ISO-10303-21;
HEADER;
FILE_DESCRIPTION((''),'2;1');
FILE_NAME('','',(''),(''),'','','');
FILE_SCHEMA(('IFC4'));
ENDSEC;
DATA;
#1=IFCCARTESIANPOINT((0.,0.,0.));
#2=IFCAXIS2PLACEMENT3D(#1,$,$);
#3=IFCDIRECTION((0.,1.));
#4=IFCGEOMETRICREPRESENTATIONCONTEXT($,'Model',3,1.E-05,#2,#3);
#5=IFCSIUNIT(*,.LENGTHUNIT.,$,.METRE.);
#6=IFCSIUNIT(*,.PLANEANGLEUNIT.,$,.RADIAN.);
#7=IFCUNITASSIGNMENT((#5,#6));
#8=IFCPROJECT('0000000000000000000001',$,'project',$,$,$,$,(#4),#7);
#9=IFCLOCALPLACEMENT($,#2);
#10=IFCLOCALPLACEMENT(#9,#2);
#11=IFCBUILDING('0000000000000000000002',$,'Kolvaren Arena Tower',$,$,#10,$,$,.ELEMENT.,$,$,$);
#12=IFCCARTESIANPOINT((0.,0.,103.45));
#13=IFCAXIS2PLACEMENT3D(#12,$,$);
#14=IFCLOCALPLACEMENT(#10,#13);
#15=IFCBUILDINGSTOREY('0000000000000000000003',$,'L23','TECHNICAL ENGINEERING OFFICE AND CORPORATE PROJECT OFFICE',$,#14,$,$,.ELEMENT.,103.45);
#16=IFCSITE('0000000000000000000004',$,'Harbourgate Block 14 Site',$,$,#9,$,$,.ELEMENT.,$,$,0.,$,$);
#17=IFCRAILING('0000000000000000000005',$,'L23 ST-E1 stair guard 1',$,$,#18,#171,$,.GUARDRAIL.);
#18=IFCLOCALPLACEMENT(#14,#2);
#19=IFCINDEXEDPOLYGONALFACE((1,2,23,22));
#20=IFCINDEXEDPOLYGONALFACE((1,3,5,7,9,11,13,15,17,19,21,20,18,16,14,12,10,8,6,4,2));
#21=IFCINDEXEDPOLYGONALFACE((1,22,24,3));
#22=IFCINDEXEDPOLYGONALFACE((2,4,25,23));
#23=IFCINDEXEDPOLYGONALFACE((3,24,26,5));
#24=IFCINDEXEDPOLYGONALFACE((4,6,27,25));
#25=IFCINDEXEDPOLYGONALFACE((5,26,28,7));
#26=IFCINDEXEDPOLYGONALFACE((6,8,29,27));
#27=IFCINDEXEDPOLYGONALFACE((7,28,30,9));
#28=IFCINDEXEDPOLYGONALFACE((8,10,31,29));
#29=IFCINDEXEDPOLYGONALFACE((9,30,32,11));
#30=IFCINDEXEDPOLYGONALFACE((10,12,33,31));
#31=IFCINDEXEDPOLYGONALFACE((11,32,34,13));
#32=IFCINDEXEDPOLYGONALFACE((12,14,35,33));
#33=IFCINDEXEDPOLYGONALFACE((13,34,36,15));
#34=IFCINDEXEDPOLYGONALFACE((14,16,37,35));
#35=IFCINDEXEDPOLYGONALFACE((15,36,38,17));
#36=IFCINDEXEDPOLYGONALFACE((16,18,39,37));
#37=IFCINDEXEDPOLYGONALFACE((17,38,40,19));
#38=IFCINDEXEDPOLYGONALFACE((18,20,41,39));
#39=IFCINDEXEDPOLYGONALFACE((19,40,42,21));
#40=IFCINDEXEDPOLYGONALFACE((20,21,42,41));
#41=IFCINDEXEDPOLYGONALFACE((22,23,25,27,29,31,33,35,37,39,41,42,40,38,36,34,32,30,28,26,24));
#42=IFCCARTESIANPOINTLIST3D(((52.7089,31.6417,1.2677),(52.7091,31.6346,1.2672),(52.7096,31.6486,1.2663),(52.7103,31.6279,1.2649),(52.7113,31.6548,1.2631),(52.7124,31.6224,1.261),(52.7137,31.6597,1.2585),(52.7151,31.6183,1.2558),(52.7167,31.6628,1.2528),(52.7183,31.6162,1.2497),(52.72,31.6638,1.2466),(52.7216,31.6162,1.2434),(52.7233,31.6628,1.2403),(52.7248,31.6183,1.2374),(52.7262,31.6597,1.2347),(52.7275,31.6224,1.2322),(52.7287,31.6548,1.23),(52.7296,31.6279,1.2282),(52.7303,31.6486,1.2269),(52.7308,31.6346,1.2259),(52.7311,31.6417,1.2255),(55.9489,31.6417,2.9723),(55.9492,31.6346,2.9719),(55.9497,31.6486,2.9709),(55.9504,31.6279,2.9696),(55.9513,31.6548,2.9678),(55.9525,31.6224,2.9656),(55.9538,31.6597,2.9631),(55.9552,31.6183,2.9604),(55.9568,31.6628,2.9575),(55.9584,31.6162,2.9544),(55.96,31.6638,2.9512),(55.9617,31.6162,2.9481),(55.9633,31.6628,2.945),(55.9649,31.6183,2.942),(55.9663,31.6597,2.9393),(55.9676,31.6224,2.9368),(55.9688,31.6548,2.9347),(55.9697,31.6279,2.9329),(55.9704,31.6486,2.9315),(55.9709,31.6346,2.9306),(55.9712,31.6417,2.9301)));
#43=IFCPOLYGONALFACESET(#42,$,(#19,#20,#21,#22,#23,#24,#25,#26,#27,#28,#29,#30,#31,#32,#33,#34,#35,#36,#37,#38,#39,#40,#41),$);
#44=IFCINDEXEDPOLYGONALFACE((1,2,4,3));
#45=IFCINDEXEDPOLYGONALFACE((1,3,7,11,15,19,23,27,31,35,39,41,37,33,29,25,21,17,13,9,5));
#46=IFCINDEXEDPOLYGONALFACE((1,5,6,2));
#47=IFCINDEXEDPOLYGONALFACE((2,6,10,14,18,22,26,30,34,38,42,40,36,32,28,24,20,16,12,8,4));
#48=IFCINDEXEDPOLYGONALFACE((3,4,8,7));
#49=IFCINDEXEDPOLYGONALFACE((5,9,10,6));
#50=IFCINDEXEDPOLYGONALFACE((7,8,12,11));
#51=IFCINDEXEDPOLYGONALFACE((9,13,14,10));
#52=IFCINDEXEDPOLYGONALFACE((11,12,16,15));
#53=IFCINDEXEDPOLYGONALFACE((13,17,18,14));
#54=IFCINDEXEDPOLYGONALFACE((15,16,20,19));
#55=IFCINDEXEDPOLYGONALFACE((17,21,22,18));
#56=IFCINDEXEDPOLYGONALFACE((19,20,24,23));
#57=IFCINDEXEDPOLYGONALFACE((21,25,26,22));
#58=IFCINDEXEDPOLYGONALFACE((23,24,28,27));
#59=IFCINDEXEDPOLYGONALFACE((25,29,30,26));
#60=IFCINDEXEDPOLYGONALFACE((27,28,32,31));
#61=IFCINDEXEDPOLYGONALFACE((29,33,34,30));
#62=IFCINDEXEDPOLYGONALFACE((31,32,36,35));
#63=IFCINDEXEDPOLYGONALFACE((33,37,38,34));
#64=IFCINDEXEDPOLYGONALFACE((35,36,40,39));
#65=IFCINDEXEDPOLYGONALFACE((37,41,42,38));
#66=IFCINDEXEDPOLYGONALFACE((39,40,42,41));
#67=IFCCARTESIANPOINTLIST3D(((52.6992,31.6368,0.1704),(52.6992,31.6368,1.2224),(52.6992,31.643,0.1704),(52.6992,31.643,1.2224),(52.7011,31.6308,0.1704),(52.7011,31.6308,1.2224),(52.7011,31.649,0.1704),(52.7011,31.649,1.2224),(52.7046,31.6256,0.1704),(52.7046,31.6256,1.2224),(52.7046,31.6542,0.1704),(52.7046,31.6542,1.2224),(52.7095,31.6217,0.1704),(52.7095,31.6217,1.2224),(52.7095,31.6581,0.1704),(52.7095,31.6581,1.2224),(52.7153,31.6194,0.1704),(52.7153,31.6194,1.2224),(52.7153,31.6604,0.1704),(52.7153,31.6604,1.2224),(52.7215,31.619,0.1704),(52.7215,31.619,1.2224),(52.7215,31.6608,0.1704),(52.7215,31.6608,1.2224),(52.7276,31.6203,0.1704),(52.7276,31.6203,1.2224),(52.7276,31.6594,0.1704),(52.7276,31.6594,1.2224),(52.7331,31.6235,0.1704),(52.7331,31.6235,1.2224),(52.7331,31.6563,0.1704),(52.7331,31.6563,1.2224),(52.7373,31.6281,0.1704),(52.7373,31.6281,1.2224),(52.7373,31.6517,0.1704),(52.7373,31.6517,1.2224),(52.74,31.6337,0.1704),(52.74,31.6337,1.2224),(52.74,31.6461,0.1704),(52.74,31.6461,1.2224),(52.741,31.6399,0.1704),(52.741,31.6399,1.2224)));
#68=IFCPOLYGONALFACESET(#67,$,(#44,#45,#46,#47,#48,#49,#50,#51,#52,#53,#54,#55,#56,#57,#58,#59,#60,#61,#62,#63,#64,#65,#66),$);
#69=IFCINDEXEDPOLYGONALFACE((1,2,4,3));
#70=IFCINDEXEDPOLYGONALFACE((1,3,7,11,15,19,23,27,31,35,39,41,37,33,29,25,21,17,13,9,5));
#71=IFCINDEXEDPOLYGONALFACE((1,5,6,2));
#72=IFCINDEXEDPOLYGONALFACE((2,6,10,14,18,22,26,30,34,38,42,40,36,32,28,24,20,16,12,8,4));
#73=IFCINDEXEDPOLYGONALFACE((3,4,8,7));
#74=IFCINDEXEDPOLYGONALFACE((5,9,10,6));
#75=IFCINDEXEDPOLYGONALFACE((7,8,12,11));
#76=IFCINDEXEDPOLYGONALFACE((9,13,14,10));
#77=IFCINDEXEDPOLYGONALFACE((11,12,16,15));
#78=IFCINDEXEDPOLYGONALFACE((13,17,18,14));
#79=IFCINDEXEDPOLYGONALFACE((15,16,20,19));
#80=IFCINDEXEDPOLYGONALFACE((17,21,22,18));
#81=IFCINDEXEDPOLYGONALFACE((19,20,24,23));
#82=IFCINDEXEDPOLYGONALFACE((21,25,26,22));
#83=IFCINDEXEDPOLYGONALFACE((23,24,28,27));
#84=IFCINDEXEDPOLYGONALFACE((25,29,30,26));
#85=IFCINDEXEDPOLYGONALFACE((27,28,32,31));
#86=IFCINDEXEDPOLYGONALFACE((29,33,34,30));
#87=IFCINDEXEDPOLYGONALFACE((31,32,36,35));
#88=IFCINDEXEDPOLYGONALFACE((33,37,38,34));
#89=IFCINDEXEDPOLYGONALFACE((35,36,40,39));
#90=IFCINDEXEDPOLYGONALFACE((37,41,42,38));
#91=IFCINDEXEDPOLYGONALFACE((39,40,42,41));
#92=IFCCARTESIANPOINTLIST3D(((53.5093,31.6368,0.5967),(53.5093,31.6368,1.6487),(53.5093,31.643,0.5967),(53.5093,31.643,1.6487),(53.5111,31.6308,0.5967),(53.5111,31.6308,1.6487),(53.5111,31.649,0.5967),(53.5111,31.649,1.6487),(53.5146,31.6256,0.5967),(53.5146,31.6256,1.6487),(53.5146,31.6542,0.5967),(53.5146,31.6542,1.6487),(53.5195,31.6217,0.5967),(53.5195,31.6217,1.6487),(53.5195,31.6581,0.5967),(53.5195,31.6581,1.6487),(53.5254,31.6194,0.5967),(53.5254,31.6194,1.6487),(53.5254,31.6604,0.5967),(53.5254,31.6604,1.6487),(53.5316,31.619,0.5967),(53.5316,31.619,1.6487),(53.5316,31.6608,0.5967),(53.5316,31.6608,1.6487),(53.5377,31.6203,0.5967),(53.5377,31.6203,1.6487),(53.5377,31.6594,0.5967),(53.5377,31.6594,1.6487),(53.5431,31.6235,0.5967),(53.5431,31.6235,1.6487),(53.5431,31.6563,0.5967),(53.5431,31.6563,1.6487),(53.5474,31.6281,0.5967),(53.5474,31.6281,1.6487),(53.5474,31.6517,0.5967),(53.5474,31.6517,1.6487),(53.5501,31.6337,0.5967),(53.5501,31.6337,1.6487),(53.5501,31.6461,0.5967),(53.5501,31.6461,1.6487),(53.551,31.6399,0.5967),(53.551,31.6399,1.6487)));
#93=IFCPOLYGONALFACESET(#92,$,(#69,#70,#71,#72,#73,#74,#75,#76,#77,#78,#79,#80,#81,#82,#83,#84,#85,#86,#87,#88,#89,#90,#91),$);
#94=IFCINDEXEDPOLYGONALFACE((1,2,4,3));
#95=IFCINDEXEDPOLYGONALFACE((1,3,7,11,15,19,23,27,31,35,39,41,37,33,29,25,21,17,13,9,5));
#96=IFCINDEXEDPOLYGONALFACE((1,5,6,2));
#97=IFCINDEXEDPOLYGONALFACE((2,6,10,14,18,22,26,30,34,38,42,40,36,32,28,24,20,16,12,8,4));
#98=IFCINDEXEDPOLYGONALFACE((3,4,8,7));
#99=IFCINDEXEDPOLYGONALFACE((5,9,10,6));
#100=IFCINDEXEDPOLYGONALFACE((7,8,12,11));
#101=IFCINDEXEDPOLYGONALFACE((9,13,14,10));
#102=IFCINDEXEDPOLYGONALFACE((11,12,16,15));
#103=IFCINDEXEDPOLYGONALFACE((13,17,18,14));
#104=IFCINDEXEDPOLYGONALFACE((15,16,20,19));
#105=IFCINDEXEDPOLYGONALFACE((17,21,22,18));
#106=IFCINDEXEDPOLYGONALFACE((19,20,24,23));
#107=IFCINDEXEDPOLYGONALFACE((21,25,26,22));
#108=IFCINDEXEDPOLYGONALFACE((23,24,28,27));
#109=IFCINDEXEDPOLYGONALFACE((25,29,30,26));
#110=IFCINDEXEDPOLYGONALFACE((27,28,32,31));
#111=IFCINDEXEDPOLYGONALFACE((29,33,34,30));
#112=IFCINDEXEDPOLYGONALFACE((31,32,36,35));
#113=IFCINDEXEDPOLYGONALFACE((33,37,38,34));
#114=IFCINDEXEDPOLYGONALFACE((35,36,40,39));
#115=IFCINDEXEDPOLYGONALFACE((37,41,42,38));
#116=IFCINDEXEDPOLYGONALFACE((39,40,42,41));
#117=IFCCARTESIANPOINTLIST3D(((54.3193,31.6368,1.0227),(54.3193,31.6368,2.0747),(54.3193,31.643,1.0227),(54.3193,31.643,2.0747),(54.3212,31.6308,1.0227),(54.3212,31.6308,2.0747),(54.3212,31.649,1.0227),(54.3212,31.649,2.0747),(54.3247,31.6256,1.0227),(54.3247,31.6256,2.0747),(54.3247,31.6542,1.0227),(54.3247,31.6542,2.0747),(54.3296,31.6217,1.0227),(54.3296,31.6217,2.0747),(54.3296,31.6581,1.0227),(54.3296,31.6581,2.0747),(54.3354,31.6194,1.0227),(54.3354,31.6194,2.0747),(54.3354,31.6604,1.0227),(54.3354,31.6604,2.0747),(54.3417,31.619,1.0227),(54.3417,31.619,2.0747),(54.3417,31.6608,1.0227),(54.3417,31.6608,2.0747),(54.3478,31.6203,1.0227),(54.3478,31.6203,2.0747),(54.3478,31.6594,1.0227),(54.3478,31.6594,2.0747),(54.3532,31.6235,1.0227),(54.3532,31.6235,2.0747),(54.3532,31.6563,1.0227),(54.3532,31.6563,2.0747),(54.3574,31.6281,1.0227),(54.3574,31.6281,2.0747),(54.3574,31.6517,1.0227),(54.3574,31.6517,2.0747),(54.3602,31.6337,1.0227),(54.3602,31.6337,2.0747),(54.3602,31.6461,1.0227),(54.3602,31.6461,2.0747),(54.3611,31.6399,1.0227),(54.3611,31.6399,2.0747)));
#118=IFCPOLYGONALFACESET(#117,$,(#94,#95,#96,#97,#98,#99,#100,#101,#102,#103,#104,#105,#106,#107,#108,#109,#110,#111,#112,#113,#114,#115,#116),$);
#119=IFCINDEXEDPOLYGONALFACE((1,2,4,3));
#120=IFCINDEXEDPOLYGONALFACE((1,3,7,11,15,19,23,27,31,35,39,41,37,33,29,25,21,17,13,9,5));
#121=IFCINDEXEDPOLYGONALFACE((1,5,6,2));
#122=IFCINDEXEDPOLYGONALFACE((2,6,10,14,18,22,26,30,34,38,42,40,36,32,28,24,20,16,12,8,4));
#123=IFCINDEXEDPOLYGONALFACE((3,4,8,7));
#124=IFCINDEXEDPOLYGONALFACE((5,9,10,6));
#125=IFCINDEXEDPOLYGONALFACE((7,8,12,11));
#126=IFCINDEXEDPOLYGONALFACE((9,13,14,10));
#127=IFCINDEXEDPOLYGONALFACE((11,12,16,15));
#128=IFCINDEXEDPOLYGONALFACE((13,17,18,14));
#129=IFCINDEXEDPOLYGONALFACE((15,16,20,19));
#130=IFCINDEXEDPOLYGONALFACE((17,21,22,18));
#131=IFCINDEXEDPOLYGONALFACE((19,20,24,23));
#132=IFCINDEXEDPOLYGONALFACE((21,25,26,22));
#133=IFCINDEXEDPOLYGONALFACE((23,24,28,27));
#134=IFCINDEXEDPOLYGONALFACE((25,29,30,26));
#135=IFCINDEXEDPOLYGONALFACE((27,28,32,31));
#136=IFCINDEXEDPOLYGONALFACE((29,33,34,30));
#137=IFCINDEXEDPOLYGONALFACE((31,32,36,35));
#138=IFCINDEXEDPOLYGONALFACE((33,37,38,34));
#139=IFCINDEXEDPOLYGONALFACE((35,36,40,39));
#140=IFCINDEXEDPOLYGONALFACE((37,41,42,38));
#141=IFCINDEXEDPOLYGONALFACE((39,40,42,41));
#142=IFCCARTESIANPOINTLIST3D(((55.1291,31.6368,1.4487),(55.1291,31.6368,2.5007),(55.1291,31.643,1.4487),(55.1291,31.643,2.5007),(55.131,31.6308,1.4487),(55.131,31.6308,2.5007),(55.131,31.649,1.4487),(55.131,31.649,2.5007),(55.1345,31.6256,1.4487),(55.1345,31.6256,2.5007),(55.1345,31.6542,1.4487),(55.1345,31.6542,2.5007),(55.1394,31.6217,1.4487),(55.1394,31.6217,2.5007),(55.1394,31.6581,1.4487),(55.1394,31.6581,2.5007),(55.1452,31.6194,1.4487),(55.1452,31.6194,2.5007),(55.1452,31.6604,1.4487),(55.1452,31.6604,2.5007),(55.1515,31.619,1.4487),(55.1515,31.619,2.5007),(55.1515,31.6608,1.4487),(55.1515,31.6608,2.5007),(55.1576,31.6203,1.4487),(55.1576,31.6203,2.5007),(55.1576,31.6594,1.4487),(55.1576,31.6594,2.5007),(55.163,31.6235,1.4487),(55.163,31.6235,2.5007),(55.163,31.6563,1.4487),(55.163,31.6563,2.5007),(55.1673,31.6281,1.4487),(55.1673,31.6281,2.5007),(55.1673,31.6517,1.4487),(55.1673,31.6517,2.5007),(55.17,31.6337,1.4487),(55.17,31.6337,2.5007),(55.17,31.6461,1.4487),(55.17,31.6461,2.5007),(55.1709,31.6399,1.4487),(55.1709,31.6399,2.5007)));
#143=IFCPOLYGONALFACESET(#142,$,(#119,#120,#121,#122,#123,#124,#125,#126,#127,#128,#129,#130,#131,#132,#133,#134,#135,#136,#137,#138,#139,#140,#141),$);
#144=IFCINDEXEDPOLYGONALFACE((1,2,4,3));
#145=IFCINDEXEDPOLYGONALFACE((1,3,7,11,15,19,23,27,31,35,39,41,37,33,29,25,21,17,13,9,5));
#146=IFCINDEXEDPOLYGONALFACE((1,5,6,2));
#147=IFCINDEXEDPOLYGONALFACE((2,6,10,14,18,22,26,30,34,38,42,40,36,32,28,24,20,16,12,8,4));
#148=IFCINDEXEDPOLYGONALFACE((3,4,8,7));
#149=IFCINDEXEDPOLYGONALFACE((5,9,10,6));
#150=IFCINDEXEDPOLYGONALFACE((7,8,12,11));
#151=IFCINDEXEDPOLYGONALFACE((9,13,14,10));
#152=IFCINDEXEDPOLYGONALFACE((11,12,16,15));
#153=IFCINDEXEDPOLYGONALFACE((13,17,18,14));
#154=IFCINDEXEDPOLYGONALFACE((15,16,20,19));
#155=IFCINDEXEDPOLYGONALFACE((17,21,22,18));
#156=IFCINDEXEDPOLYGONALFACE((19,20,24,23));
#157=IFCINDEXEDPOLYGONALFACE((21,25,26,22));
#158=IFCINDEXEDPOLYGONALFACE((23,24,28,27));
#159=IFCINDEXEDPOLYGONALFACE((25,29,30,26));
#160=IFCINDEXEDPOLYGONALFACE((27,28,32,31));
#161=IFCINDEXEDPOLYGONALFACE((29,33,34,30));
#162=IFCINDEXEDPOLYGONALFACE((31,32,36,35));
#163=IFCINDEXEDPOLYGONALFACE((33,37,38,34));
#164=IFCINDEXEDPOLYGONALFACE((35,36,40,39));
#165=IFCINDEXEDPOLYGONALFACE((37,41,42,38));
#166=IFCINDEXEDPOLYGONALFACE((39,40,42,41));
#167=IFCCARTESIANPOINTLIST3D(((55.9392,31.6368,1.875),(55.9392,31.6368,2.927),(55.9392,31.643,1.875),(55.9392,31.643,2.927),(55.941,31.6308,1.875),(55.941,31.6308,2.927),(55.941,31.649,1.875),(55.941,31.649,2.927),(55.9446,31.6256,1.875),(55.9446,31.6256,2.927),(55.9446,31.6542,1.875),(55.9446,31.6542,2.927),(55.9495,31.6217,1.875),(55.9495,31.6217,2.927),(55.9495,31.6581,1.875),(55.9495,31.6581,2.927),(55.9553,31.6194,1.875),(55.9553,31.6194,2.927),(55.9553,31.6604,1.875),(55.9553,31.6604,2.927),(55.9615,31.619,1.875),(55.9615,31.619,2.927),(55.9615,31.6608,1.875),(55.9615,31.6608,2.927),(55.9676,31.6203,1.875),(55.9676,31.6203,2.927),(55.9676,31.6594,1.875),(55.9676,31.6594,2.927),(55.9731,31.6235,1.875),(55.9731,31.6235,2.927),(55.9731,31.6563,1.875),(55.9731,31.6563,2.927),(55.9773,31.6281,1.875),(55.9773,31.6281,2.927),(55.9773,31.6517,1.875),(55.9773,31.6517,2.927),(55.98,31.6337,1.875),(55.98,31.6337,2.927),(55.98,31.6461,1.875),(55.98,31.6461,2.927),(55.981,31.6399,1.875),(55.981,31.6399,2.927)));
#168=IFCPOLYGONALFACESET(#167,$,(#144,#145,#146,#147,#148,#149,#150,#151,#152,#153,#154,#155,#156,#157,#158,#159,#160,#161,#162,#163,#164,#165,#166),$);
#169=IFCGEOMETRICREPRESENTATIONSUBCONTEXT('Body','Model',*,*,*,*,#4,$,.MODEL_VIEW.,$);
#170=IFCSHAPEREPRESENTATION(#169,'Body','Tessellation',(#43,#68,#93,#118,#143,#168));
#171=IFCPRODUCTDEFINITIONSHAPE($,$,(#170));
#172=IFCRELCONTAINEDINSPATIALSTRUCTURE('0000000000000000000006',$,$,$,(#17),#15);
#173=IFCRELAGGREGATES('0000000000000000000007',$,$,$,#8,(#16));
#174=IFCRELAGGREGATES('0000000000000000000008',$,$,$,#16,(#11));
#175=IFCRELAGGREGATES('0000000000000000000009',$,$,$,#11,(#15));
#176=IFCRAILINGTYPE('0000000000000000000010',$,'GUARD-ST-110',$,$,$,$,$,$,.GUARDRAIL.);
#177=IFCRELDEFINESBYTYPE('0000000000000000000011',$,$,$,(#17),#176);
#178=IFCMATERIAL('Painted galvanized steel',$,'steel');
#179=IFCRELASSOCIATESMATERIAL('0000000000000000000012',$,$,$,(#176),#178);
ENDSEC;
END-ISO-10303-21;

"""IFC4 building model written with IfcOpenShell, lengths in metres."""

from ifc_helpers import new_model, si_unit, direction, frame, origin, origin_2d, place, context, subcontext, project, spatial, circle, extrude, material, type_object, element, save


model = new_model("IFC4")

# Units and contexts
model_context = context("Model", 3, precision=1e-05, world=origin(), true_north=direction((0.0, 1.0)))
body_context = subcontext(model_context, "Body", "Model", "MODEL_VIEW")
ifc_project = project(units=[si_unit("LENGTHUNIT", "METRE"), si_unit("PLANEANGLEUNIT", "RADIAN")], contexts=[model_context])

# Site, building, storey
site_placement = place(None, origin())
site = spatial("IfcSite", under=ifc_project, at=site_placement, Name="Harbourgate Block 14 Site", CompositionType="ELEMENT", RefElevation=0.0)
building_placement = place(site_placement, origin())
building = spatial("IfcBuilding", under=site, at=building_placement, Name="Kolvaren Arena Tower", CompositionType="ELEMENT")
storey_placement = place(building_placement, frame((0.0, 0.0, 103.45)))
storey = spatial("IfcBuildingStorey", under=building, at=storey_placement, Name="L23", Description="TECHNICAL ENGINEERING OFFICE AND CORPORATE PROJECT OFFICE", CompositionType="ELEMENT", Elevation=103.45)

# Railing
ifc_material_1 = material(Name="Painted galvanized steel", Category="steel")
railing_type_1 = type_object("IfcRailingType", Name="GUARD-ST-110", PredefinedType="GUARDRAIL", material=ifc_material_1)
railing_1_placement = place(storey_placement, frame((52.72, 31.6399, 0.1704)))
element("IfcRailing", 1, at=railing_1_placement, inside=storey, type_object=railing_type_1, Name="L23 ST-E1 stair guard 1", PredefinedType="GUARDRAIL", context=body_context, shape_type="SweptSolid", body=[
    extrude(circle(Radius=0.0239, at=origin_2d()), frame((0.0, 0.0, 1.0762), z_axis=(0.884993, 0.0, 0.465604), x_axis=(0.0, 1.0, 0.0)), (0.0, 0.0, 1.0), 3.6611),
    extrude(circle(Radius=0.021, at=origin_2d()), origin(), (0.0, 0.0, 1.0), 1.052),
    extrude(circle(Radius=0.021, at=origin_2d()), frame((0.8101, 0.0, 0.4263)), (0.0, 0.0, 1.0), 1.052),
    extrude(circle(Radius=0.021, at=origin_2d()), frame((1.6201, 0.0, 0.8523)), (0.0, 0.0, 1.0), 1.052),
    extrude(circle(Radius=0.021, at=origin_2d()), frame((2.4299, 0.0, 1.2783)), (0.0, 0.0, 1.0), 1.052),
    extrude(circle(Radius=0.021, at=origin_2d()), frame((3.24, 0.0, 1.7046)), (0.0, 0.0, 1.0), 1.052),
])

save(model, "model.ifc")
